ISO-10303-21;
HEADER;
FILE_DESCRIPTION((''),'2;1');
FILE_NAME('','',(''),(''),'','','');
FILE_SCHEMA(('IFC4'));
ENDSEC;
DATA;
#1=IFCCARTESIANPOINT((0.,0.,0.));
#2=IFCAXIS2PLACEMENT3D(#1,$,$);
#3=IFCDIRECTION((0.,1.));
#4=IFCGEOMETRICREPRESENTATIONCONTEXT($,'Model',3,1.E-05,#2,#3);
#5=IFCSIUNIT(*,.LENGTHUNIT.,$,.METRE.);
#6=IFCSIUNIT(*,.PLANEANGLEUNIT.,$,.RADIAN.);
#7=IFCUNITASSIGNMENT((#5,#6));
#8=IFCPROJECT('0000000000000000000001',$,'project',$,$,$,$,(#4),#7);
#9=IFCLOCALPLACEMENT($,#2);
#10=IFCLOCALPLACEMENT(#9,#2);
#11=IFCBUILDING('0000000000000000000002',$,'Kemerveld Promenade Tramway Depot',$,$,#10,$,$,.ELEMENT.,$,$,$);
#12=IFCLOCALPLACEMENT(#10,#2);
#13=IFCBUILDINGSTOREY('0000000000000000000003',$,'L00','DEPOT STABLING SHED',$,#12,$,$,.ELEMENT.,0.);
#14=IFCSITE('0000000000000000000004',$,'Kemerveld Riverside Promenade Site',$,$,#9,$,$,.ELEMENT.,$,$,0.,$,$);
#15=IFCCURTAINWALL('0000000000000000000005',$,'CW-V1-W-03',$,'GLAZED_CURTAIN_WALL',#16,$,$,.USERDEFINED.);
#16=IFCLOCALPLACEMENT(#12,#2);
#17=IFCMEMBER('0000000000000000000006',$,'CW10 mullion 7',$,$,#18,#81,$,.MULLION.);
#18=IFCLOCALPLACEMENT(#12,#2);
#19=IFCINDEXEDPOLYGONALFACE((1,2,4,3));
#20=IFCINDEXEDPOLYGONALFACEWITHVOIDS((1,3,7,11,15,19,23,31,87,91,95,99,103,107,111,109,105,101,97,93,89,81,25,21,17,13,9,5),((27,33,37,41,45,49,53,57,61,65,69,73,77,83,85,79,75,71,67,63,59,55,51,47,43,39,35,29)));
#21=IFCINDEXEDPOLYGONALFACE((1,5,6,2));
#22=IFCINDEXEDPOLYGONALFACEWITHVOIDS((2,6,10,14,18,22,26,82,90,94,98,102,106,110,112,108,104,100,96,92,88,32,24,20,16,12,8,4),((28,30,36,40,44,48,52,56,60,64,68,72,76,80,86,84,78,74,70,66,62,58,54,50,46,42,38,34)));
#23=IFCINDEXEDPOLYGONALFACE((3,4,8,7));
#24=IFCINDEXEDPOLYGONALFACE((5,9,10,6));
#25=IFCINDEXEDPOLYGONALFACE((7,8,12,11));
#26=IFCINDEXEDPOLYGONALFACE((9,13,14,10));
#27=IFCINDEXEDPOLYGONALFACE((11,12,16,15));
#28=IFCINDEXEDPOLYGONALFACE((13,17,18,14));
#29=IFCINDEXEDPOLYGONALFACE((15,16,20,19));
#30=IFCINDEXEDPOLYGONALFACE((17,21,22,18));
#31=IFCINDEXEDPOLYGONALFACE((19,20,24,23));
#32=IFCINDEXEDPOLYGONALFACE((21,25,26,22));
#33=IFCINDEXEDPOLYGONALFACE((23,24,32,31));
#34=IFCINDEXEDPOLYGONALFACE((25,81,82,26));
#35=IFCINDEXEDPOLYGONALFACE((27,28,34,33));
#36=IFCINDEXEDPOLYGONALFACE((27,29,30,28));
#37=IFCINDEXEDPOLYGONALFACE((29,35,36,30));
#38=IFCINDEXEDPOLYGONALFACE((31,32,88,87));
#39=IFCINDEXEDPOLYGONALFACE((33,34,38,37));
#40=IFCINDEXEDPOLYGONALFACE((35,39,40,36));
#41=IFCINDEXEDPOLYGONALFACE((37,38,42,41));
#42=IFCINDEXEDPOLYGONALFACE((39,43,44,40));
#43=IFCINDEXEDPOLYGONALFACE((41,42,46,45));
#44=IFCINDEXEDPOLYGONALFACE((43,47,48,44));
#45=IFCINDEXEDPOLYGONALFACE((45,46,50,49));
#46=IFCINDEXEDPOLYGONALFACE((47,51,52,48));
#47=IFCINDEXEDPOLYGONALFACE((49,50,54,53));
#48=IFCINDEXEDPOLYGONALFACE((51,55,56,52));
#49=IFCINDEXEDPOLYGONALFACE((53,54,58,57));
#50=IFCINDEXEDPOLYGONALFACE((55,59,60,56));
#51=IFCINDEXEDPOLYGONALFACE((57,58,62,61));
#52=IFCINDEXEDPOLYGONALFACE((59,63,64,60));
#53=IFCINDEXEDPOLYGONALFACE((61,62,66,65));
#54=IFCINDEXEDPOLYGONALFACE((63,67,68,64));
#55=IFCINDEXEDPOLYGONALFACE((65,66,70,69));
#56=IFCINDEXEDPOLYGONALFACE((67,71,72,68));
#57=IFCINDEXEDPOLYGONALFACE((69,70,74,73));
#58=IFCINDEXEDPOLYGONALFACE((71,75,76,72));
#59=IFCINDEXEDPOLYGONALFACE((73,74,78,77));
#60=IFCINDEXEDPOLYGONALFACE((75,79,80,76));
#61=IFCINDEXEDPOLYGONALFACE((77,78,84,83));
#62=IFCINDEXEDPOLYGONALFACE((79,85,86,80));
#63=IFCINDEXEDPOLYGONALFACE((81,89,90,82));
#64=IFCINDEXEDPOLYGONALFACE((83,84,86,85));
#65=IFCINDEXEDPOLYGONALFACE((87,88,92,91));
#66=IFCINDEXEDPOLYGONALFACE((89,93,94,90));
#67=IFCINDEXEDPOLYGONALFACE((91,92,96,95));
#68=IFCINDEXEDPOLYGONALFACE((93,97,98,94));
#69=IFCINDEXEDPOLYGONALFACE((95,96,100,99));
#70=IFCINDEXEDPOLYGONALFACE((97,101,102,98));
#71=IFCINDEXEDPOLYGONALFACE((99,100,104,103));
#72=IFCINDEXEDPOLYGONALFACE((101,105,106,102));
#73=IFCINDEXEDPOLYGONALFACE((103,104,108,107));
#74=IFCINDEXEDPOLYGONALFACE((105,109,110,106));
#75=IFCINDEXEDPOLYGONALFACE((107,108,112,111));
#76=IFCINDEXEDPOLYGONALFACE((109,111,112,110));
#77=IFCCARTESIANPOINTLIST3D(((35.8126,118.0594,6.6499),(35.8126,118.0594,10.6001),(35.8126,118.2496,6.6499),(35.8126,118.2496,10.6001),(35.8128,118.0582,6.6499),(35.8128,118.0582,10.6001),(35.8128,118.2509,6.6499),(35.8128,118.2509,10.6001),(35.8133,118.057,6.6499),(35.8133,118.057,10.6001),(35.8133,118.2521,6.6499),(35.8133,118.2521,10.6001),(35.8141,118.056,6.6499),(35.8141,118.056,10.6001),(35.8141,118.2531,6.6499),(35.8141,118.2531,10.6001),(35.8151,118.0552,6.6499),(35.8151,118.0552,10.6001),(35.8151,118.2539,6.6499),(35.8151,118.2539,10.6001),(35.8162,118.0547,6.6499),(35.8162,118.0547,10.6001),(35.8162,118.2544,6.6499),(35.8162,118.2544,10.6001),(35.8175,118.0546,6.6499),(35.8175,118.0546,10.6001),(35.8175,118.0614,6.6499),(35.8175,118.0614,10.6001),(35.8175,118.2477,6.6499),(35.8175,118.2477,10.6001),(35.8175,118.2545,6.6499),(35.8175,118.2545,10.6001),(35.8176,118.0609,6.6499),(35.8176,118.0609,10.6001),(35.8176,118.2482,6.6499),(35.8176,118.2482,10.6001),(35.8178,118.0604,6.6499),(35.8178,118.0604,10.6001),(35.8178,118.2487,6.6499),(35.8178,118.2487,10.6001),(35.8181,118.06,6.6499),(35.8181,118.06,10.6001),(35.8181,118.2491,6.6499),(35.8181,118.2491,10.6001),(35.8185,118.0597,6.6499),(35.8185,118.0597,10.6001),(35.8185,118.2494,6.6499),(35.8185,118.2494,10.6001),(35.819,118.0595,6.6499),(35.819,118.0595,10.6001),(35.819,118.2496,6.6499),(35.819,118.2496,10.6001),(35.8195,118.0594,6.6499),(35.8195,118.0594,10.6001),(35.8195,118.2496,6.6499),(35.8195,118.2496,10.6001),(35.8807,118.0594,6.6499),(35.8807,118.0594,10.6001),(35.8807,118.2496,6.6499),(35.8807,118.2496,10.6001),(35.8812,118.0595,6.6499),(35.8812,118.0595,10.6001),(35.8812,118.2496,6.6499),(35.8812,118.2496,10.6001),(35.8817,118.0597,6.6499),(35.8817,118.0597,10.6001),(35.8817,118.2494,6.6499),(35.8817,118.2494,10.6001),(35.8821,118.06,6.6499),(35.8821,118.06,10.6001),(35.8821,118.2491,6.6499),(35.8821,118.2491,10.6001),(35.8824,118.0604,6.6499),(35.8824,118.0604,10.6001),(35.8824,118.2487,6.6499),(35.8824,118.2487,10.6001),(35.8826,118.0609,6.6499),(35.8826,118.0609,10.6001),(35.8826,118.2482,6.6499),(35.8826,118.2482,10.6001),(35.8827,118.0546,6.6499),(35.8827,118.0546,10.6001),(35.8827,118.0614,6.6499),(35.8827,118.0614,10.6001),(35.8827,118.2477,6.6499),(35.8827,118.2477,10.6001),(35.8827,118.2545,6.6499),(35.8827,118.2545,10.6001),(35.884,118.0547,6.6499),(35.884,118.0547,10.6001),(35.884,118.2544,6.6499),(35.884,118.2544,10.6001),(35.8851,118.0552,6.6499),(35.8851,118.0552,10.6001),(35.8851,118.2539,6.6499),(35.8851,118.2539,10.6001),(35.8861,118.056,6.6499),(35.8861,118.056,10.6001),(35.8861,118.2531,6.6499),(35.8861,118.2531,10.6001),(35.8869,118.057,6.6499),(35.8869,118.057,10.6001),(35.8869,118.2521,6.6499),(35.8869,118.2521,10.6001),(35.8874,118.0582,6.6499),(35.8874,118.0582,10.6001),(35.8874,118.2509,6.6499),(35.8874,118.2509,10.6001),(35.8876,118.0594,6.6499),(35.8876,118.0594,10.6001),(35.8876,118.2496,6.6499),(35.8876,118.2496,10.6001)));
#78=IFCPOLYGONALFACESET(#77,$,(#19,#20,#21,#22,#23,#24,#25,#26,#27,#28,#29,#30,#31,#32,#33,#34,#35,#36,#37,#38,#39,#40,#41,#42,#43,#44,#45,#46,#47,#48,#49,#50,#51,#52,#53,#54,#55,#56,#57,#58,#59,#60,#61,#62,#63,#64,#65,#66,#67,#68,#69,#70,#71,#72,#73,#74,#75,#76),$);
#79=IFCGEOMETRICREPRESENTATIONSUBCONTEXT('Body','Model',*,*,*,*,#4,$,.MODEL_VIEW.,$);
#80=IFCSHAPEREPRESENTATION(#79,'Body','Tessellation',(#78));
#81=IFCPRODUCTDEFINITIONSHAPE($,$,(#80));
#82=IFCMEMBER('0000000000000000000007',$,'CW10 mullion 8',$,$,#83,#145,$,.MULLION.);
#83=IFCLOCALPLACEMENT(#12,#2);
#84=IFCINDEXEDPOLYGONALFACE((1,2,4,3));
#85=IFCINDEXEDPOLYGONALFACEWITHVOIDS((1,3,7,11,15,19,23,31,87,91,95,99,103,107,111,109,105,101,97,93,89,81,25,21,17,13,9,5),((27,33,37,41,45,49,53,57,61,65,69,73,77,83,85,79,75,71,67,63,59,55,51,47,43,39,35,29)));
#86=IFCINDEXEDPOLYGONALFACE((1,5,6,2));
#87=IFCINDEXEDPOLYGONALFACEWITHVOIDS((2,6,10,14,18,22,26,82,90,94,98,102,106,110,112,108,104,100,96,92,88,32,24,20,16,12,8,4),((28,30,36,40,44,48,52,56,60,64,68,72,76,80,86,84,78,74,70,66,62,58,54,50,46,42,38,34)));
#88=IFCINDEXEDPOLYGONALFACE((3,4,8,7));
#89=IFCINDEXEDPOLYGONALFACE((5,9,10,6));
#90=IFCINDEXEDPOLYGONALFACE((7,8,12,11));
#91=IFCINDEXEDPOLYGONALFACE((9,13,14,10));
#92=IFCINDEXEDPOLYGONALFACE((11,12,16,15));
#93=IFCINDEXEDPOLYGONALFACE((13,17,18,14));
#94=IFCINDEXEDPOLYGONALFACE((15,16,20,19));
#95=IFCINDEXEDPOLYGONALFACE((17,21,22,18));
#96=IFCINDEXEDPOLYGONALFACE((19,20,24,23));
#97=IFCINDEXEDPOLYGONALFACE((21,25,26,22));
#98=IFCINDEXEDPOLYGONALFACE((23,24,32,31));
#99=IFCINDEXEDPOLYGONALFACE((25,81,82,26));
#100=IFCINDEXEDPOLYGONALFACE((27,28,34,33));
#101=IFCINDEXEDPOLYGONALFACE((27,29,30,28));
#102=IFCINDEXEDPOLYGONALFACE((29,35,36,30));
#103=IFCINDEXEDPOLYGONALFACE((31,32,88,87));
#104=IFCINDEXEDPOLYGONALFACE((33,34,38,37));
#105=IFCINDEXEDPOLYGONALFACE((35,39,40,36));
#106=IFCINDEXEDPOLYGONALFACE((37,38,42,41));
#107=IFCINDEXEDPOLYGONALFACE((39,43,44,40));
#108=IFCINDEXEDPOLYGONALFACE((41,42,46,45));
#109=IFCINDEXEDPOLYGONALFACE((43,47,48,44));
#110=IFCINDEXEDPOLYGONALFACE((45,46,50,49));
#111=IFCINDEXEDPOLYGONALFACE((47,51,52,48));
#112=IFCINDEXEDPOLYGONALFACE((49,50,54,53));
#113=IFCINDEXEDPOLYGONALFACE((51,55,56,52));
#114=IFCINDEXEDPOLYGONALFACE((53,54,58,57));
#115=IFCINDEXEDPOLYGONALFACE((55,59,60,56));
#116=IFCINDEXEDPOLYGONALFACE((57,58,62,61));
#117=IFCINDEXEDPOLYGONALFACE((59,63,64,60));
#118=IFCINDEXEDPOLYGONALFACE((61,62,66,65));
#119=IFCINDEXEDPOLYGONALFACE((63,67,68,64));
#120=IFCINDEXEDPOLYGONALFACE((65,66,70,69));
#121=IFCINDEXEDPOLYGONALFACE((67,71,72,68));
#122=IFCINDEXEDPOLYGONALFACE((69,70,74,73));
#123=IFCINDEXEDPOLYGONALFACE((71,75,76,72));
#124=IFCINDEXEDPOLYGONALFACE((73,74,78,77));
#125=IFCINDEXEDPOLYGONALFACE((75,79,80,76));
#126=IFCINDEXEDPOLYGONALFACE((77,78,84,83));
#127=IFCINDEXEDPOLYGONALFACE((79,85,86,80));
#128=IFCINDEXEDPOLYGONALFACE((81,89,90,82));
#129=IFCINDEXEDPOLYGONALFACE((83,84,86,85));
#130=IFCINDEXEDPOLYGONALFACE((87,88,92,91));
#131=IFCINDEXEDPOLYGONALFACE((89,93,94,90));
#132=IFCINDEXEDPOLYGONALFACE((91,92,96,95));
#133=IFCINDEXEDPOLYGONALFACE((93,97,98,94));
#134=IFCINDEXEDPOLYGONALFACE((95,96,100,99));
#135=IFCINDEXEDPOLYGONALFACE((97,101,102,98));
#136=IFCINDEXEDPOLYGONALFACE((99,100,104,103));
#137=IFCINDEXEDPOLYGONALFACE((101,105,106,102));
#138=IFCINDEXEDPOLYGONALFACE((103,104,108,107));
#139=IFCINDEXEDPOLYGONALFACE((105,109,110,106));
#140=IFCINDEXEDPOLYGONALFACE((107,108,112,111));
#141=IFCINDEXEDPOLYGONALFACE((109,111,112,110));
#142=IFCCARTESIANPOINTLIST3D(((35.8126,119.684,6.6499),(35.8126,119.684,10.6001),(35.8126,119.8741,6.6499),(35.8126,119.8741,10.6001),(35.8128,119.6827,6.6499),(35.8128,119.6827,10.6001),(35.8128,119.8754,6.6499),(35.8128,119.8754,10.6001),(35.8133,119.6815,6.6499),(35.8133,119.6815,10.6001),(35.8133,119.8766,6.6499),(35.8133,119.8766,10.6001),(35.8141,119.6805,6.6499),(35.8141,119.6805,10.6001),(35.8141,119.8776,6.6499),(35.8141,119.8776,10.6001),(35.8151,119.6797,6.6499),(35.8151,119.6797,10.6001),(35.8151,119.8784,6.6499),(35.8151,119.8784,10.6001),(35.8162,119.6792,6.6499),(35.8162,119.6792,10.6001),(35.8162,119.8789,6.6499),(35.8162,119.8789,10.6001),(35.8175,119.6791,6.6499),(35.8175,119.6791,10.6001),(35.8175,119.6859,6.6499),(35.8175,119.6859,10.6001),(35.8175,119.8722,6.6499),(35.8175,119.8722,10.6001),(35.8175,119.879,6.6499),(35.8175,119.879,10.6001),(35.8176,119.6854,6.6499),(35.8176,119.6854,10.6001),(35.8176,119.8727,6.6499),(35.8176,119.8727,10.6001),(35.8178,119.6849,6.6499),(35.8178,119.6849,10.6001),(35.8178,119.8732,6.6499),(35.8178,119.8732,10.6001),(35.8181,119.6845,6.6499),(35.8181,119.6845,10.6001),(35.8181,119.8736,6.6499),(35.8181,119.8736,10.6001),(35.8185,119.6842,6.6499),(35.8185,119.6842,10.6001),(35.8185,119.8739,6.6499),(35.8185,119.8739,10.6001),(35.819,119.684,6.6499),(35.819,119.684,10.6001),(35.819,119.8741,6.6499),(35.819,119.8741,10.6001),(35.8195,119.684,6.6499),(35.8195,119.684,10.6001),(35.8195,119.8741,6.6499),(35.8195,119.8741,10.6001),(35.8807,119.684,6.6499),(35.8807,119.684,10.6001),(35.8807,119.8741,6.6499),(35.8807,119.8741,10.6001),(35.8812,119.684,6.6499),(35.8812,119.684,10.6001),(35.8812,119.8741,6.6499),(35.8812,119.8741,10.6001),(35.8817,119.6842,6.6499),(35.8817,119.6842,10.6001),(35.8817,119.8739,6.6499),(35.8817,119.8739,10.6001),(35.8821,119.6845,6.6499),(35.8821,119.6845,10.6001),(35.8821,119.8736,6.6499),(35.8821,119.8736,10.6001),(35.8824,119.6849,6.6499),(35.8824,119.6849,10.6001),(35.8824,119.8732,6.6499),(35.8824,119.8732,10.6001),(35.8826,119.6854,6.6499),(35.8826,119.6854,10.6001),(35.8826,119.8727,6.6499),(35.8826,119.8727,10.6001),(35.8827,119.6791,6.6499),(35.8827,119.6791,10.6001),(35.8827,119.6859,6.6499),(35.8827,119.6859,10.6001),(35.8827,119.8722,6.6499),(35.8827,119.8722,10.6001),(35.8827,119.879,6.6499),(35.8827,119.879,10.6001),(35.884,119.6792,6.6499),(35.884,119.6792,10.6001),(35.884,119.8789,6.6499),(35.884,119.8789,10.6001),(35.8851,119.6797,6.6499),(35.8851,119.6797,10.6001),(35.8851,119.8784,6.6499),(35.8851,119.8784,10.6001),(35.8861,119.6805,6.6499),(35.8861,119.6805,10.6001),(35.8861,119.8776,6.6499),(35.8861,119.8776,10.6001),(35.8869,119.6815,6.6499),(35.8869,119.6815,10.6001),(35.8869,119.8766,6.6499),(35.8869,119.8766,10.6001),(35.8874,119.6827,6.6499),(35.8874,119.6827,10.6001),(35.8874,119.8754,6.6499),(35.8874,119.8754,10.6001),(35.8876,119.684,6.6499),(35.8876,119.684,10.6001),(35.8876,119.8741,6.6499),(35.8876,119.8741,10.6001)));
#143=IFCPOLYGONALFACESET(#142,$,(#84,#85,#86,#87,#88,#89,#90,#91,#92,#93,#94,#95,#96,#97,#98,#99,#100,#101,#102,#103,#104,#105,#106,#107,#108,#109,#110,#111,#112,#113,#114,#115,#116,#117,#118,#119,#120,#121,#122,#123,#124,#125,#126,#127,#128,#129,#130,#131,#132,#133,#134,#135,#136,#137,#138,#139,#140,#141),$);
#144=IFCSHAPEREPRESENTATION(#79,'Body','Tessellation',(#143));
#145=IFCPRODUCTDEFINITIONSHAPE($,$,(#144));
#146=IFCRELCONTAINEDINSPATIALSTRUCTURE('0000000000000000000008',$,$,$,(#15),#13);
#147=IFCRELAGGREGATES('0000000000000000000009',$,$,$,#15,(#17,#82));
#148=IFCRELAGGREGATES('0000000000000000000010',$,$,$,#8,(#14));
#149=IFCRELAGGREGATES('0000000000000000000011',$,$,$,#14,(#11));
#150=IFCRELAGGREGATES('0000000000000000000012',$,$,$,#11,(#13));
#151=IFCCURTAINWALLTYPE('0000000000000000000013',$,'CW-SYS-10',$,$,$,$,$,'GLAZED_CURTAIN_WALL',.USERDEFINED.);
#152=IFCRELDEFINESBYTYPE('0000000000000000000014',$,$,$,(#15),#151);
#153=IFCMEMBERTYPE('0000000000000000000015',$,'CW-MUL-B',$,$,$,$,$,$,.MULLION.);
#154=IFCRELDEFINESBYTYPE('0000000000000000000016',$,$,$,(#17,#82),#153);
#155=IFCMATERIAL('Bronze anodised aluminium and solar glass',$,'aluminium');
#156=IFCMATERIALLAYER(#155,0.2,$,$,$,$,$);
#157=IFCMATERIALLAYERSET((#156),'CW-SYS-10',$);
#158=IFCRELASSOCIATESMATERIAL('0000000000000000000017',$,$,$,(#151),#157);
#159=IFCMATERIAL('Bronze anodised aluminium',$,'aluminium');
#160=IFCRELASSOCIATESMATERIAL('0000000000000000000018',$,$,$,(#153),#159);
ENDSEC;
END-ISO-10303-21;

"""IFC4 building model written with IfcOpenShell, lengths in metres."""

from ifc_helpers import new_model, si_unit, direction, frame, origin, origin_2d, place, context, subcontext, project, spatial, hollow_rectangle, extrude, material, layer, layer_set, material_profile, profile_set, type_object, element, aggregate, save


model = new_model("IFC4")

# Units and contexts
model_context = context("Model", 3, precision=1e-05, world=origin(), true_north=direction((0.0, 1.0)))
body_context = subcontext(model_context, "Body", "Model", "MODEL_VIEW")
ifc_project = project(units=[si_unit("LENGTHUNIT", "METRE"), si_unit("PLANEANGLEUNIT", "RADIAN")], contexts=[model_context])

# Site, building, storey
site_placement = place(None, origin())
site = spatial("IfcSite", under=ifc_project, at=site_placement, Name="Kemerveld Riverside Promenade Site", CompositionType="ELEMENT", RefElevation=0.0)
building_placement = place(site_placement, origin())
building = spatial("IfcBuilding", under=site, at=building_placement, Name="Kemerveld Promenade Tramway Depot", CompositionType="ELEMENT")
storey_placement = place(building_placement, origin())
storey = spatial("IfcBuildingStorey", under=building, at=storey_placement, Name="L00", Description="DEPOT STABLING SHED", CompositionType="ELEMENT", Elevation=0.0)

# Curtain wall, members
ifc_material_1 = material(Name="Bronze anodised aluminium and solar glass", Category="aluminium")
ifc_material_2 = material(Name="Bronze anodised aluminium", Category="aluminium")
ifc_layer_1 = layer(ifc_material_1, 0.2)
ifc_layer_set_1 = layer_set([ifc_layer_1], Name="CW-SYS-10")
curtain_wall_type_1 = type_object("IfcCurtainWallType", Name="CW-SYS-10", ElementType="GLAZED_CURTAIN_WALL", PredefinedType="USERDEFINED", material=ifc_layer_set_1)
curtain_wall_1_placement = place(storey_placement, origin())
curtain_wall_1 = element("IfcCurtainWall", 1, at=curtain_wall_1_placement, inside=storey, type_object=curtain_wall_type_1, Name="CW-V1-W-03", ObjectType="GLAZED_CURTAIN_WALL", PredefinedType="USERDEFINED")
ifc_material_profile_1 = material_profile(ifc_material_2, hollow_rectangle(XDim=0.075, YDim=0.2, WallThickness=0.0049, InnerFilletRadius=0.002, OuterFilletRadius=0.0049, at=origin_2d()), Name="CW-MUL-200x75")
ifc_profile_set_1 = profile_set([ifc_material_profile_1], Name="Bronze anodised aluminium")
member_type_1 = type_object("IfcMemberType", Name="CW-MUL-B", PredefinedType="MULLION", material=ifc_profile_set_1)
member_1_placement = place(storey_placement, frame((35.8501, 118.1545, 6.6499), z_axis=(0.0, 0.0, 1.0), x_axis=(-1.0, 0.0, 0.0)))
member_1 = element("IfcMember", 2, at=member_1_placement, type_object=member_type_1, Name="CW10 mullion 7", PredefinedType="MULLION", context=body_context, shape_type="SweptSolid", body=[
    extrude(hollow_rectangle(XDim=0.075, YDim=0.2, WallThickness=0.0049, InnerFilletRadius=0.002, OuterFilletRadius=0.0049, at=origin_2d()), origin(), (0.0, 0.0, 1.0), 3.9502),
])
member_2_placement = place(storey_placement, frame((35.8501, 119.7791, 6.6499), z_axis=(0.0, 0.0, 1.0), x_axis=(-1.0, 0.0, 0.0)))
member_2 = element("IfcMember", 3, at=member_2_placement, type_object=member_type_1, Name="CW10 mullion 8", PredefinedType="MULLION", context=body_context, shape_type="SweptSolid", body=[
    extrude(hollow_rectangle(XDim=0.075, YDim=0.2, WallThickness=0.0049, InnerFilletRadius=0.002, OuterFilletRadius=0.0049, at=origin_2d()), origin(), (0.0, 0.0, 1.0), 3.9502),
])

aggregate(curtain_wall_1, [member_1, member_2])

save(model, "model.ifc")
